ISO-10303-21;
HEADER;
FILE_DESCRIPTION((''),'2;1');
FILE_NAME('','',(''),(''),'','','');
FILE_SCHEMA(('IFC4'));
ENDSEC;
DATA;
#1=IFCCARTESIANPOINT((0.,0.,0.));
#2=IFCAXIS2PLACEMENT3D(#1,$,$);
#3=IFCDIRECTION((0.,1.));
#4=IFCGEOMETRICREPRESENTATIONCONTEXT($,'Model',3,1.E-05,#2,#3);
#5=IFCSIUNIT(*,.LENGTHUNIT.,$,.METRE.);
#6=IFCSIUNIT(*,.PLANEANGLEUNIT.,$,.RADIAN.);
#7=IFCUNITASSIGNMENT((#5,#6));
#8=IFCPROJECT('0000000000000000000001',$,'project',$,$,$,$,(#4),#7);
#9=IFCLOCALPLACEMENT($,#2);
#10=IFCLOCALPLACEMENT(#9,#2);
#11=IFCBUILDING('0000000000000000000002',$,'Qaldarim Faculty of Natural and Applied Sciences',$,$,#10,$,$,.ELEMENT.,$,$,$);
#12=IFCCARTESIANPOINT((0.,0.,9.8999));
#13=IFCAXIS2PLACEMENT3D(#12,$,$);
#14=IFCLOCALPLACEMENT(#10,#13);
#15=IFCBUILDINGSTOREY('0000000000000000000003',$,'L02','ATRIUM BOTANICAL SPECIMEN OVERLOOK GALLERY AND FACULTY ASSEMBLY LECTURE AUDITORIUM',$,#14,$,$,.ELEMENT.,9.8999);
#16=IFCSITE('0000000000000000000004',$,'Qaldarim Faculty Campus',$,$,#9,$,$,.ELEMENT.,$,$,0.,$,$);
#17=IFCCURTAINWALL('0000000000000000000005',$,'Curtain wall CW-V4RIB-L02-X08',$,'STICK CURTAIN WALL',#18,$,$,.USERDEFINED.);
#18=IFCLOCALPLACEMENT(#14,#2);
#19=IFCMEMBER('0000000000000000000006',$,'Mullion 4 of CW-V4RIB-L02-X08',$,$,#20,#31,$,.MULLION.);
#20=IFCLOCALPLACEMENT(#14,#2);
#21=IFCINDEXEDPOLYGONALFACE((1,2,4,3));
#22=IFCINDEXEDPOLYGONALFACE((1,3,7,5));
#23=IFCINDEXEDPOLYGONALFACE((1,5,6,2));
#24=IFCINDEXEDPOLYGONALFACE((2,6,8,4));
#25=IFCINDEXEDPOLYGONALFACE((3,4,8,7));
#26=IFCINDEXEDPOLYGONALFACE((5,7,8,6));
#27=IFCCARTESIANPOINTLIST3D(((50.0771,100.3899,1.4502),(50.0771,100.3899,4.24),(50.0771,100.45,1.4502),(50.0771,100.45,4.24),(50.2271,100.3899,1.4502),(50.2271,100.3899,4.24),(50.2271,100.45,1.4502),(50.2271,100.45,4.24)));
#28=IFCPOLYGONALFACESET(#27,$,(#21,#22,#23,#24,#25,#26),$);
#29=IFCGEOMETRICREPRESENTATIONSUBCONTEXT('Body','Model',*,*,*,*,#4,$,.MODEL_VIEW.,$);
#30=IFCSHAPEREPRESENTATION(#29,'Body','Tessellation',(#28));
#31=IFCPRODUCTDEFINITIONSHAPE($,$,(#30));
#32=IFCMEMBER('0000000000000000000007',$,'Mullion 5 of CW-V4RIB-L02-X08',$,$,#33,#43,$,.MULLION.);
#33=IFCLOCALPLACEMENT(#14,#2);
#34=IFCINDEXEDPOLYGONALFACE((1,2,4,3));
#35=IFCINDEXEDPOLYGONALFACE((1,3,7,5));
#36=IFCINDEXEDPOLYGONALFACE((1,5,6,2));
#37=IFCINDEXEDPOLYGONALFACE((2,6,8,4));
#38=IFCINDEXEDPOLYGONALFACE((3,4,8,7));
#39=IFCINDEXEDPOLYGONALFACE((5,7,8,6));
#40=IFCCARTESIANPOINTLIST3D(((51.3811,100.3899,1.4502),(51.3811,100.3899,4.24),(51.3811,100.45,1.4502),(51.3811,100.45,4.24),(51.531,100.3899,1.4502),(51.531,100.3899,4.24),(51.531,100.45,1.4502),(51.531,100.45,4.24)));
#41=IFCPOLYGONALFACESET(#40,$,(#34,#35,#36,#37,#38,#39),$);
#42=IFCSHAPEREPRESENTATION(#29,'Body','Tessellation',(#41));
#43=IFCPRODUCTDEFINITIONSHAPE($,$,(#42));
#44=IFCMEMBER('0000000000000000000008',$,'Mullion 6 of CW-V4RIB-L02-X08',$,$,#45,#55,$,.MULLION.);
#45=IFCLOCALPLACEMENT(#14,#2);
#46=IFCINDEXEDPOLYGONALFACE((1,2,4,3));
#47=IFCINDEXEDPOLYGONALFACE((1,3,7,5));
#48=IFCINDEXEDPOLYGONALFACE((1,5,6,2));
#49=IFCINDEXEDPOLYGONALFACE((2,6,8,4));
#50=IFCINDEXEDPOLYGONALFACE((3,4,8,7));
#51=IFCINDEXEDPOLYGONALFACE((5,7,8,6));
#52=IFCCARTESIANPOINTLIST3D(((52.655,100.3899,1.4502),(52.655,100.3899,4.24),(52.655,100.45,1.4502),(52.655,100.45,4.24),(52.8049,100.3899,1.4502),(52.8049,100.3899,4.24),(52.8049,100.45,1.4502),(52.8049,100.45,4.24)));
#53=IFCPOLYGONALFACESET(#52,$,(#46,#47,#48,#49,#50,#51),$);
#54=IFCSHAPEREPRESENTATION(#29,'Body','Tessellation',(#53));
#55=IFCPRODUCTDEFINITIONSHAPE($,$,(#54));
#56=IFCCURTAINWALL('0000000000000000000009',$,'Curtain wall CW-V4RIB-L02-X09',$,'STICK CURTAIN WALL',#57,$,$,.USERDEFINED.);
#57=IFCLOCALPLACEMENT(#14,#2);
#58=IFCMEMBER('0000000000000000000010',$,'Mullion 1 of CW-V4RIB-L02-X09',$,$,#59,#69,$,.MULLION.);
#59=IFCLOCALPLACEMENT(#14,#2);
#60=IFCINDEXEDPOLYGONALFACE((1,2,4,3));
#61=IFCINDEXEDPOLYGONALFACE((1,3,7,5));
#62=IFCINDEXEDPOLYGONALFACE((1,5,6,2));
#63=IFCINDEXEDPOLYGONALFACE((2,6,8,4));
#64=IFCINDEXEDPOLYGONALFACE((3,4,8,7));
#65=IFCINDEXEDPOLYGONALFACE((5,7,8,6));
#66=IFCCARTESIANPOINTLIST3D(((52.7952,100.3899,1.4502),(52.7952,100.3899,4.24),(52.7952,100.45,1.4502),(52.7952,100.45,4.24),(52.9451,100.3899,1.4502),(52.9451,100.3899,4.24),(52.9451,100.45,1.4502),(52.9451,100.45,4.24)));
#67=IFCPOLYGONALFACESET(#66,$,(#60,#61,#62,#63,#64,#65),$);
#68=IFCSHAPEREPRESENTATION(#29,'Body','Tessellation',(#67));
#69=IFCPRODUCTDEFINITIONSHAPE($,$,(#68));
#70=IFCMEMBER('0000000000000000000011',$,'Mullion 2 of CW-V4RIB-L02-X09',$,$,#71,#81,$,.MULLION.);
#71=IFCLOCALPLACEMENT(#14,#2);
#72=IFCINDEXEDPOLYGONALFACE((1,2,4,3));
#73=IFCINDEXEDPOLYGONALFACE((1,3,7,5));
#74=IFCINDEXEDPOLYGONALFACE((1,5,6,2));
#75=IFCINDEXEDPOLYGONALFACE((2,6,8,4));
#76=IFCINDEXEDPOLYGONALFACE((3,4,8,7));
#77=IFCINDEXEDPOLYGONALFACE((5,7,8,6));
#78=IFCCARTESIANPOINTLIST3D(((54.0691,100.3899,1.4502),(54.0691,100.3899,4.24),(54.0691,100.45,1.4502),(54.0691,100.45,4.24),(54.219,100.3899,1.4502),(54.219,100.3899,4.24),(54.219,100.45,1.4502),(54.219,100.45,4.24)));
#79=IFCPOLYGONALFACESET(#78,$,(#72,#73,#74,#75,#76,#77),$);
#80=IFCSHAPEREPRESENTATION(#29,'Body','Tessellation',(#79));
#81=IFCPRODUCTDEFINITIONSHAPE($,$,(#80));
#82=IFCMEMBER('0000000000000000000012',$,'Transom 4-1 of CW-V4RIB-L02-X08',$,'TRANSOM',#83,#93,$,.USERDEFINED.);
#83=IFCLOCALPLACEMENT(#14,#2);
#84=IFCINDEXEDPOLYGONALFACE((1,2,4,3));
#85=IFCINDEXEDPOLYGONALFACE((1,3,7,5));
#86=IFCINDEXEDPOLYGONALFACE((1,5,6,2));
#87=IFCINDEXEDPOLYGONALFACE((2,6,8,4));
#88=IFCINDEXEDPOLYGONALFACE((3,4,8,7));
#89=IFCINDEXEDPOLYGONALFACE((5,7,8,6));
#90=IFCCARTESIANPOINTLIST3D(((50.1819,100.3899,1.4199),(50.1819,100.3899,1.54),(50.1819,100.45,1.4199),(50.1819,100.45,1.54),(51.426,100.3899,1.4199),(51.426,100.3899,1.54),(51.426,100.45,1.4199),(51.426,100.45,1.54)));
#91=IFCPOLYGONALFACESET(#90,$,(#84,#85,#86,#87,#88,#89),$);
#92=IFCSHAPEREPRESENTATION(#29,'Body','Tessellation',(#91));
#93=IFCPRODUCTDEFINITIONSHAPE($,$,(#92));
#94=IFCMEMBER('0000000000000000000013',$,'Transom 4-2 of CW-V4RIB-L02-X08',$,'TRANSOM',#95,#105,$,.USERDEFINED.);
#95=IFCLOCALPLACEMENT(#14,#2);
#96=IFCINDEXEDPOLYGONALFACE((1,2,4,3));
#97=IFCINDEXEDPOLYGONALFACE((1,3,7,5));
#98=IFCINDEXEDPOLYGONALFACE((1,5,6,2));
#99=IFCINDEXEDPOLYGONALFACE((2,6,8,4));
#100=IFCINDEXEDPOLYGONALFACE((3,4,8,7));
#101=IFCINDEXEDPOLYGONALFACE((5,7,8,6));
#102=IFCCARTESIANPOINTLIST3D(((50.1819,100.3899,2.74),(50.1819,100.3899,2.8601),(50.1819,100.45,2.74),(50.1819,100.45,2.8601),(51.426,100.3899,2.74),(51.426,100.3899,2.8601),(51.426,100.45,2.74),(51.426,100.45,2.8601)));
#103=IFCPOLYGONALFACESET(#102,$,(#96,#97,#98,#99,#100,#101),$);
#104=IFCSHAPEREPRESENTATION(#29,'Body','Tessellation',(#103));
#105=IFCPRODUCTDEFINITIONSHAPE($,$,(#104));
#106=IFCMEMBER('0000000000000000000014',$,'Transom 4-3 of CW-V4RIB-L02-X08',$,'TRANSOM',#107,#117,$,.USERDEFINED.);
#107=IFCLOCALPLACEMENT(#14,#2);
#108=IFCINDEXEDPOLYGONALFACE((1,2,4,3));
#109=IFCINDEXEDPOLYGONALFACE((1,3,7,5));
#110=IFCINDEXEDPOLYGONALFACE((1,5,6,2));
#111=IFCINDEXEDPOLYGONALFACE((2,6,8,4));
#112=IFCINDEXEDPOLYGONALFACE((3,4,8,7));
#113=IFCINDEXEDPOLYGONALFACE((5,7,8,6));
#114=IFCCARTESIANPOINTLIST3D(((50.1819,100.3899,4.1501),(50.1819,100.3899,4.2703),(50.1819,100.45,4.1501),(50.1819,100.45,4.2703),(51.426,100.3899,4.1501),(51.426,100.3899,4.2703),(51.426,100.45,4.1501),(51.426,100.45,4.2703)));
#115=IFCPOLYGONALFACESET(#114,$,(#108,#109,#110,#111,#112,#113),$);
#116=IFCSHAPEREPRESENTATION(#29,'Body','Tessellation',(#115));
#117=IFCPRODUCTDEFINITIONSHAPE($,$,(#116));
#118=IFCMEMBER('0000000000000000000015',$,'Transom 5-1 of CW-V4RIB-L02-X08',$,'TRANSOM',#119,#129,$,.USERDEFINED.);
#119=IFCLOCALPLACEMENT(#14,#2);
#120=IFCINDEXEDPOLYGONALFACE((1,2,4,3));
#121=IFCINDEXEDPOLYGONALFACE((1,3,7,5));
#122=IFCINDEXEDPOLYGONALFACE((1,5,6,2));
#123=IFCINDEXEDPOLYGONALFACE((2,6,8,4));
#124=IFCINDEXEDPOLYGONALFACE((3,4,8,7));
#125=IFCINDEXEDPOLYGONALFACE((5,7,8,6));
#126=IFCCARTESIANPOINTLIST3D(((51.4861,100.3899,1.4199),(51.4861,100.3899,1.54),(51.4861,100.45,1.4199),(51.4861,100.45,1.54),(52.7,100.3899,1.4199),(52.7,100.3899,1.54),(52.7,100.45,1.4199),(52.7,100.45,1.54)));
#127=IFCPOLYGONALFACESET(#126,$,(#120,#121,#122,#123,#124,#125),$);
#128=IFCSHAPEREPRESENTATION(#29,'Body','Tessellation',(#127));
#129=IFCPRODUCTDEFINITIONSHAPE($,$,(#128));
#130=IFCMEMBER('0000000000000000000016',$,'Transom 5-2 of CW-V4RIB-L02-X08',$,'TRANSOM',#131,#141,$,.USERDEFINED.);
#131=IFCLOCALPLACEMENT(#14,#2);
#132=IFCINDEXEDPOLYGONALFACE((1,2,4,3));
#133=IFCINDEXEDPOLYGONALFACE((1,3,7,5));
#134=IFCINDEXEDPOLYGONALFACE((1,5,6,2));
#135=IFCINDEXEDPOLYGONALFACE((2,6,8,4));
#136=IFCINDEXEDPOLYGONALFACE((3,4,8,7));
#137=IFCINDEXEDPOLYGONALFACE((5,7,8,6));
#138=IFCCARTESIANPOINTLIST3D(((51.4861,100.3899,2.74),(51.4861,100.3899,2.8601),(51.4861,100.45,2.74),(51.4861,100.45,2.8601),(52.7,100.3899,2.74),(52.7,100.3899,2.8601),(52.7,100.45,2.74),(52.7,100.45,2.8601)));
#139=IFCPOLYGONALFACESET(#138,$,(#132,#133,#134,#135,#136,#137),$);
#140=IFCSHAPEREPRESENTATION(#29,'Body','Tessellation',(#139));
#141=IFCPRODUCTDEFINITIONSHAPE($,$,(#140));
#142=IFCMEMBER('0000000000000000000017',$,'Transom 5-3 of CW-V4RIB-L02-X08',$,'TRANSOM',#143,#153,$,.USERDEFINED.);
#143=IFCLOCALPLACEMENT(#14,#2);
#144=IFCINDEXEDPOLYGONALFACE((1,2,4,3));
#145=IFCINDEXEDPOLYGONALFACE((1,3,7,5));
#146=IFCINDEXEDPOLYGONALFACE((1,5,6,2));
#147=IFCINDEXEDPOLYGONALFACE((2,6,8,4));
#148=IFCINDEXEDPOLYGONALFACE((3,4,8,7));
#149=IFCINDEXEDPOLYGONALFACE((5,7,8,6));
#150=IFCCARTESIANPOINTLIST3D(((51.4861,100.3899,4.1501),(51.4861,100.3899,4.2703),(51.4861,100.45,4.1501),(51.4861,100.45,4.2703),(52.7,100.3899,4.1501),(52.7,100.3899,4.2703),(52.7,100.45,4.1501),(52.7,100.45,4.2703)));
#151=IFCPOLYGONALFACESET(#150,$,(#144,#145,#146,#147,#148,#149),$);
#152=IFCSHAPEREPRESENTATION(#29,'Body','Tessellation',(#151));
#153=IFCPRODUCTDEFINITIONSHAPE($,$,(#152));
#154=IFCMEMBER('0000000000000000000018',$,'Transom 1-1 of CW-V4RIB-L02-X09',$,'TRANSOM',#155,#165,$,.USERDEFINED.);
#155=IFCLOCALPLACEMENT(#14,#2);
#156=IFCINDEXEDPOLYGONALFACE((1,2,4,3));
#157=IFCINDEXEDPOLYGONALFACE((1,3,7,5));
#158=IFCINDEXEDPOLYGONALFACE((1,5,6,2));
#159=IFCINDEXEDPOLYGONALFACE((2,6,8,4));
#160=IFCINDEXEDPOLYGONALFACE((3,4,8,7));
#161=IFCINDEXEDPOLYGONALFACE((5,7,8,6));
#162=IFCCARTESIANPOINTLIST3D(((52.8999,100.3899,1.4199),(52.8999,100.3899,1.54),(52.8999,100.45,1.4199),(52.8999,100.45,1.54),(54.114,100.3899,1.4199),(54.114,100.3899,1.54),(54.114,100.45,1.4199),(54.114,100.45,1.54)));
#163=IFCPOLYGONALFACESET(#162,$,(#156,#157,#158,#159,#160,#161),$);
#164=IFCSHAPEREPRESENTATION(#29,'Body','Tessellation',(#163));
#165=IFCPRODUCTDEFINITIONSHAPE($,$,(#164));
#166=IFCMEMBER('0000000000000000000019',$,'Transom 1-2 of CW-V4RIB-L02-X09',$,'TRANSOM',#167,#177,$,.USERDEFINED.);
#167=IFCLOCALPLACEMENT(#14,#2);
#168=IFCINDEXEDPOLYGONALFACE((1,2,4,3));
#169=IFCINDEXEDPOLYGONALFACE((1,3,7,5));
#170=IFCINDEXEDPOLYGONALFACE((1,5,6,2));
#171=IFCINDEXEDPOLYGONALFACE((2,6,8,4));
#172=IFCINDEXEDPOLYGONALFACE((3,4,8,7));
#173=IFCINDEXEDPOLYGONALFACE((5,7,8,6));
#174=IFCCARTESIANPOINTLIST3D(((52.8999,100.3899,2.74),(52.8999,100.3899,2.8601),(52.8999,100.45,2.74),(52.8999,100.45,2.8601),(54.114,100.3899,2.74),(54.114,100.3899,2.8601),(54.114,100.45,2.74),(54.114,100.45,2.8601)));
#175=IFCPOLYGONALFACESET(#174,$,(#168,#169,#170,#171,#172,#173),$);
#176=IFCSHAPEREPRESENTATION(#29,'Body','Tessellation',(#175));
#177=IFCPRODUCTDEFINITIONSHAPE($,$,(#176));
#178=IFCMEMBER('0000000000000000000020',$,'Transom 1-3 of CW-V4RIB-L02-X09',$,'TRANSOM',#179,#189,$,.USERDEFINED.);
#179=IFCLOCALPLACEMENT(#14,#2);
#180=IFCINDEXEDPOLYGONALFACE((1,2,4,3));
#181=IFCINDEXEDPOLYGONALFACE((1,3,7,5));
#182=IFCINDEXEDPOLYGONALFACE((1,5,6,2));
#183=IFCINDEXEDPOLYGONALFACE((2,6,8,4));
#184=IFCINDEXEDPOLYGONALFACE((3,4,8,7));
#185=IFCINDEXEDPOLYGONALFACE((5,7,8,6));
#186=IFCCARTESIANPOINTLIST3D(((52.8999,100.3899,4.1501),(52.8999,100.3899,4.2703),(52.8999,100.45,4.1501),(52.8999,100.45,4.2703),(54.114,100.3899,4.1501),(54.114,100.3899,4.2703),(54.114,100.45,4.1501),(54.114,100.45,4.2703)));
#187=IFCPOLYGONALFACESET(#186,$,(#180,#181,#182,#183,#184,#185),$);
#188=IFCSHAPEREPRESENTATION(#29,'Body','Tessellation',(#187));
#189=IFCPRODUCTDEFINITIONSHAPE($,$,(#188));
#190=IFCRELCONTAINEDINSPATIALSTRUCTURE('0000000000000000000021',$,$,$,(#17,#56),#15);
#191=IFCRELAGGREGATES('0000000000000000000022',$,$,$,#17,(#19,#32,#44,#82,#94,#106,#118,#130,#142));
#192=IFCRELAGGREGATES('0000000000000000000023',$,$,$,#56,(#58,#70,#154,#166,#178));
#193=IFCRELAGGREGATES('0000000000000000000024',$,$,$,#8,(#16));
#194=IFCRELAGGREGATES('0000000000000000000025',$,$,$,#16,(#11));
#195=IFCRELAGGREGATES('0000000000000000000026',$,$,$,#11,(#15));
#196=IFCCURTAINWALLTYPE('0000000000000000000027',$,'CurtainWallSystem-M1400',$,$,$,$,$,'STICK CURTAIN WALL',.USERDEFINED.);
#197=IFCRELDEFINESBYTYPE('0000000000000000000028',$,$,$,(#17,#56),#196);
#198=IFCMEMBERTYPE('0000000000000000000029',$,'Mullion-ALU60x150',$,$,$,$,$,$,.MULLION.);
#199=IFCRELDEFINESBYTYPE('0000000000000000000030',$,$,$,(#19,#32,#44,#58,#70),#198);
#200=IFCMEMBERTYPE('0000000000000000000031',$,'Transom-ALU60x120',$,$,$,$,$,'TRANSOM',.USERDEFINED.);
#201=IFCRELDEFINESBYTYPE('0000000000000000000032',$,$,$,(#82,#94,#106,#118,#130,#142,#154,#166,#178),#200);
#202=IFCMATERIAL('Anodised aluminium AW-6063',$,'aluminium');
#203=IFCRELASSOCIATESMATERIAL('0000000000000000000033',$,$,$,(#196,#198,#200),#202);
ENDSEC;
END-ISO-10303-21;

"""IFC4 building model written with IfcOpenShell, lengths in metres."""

from ifc_helpers import new_model, si_unit, direction, frame, origin, origin_2d, place, context, subcontext, project, spatial, rectangle, extrude, material, material_profile, profile_set, type_object, element, aggregate, save


model = new_model("IFC4")

# Units and contexts
model_context = context("Model", 3, precision=1e-05, world=origin(), true_north=direction((0.0, 1.0)))
body_context = subcontext(model_context, "Body", "Model", "MODEL_VIEW")
ifc_project = project(units=[si_unit("LENGTHUNIT", "METRE"), si_unit("PLANEANGLEUNIT", "RADIAN")], contexts=[model_context])

# Site, building, storey
site_placement = place(None, origin())
site = spatial("IfcSite", under=ifc_project, at=site_placement, Name="Qaldarim Faculty Campus", CompositionType="ELEMENT", RefElevation=0.0)
building_placement = place(site_placement, origin())
building = spatial("IfcBuilding", under=site, at=building_placement, Name="Qaldarim Faculty of Natural and Applied Sciences", CompositionType="ELEMENT")
storey_placement = place(building_placement, frame((0.0, 0.0, 9.8999)))
storey = spatial("IfcBuildingStorey", under=building, at=storey_placement, Name="L02", Description="ATRIUM BOTANICAL SPECIMEN OVERLOOK GALLERY AND FACULTY ASSEMBLY LECTURE AUDITORIUM", CompositionType="ELEMENT", Elevation=9.8999)

# Curtain walls, members
ifc_material_1 = material(Name="Anodised aluminium AW-6063", Category="aluminium")
curtain_wall_type = type_object("IfcCurtainWallType", Name="CurtainWallSystem-M1400", ElementType="STICK CURTAIN WALL", PredefinedType="USERDEFINED", material=ifc_material_1)
curtain_wall_1_placement = place(storey_placement, origin())
curtain_wall_1 = element("IfcCurtainWall", 1, at=curtain_wall_1_placement, inside=storey, type_object=curtain_wall_type, Name="Curtain wall CW-V4RIB-L02-X08", ObjectType="STICK CURTAIN WALL", PredefinedType="USERDEFINED")
ifc_material_profile_1 = material_profile(ifc_material_1, rectangle(XDim=0.0601, YDim=0.1499, at=origin_2d()), Name="ALU-M60x150")
ifc_profile_set_1 = profile_set([ifc_material_profile_1], Name="Anodised aluminium AW-6063")
member_type_1 = type_object("IfcMemberType", Name="Mullion-ALU60x150", PredefinedType="MULLION", material=ifc_profile_set_1)
member_1_placement = place(storey_placement, frame((50.1521, 100.4199, 1.4502), z_axis=(0.0, 0.0, 1.0), x_axis=(0.0, 1.0, 0.0)))
member_1 = element("IfcMember", 2, at=member_1_placement, type_object=member_type_1, Name="Mullion 4 of CW-V4RIB-L02-X08", PredefinedType="MULLION", context=body_context, shape_type="SweptSolid", body=[
    extrude(rectangle(XDim=0.0601, YDim=0.1499, at=origin_2d()), origin(), (0.0, 0.0, 1.0), 2.7898),
])
member_2_placement = place(storey_placement, frame((51.4561, 100.4199, 1.4502), z_axis=(0.0, 0.0, 1.0), x_axis=(0.0, 1.0, 0.0)))
member_2 = element("IfcMember", 3, at=member_2_placement, type_object=member_type_1, Name="Mullion 5 of CW-V4RIB-L02-X08", PredefinedType="MULLION", context=body_context, shape_type="SweptSolid", body=[
    extrude(rectangle(XDim=0.0601, YDim=0.1499, at=origin_2d()), origin(), (0.0, 0.0, 1.0), 2.7898),
])
member_3_placement = place(storey_placement, frame((52.73, 100.4199, 1.4502), z_axis=(0.0, 0.0, 1.0), x_axis=(0.0, 1.0, 0.0)))
member_3 = element("IfcMember", 4, at=member_3_placement, type_object=member_type_1, Name="Mullion 6 of CW-V4RIB-L02-X08", PredefinedType="MULLION", context=body_context, shape_type="SweptSolid", body=[
    extrude(rectangle(XDim=0.0601, YDim=0.1499, at=origin_2d()), origin(), (0.0, 0.0, 1.0), 2.7898),
])
curtain_wall_2_placement = place(storey_placement, origin())
curtain_wall_2 = element("IfcCurtainWall", 5, at=curtain_wall_2_placement, inside=storey, type_object=curtain_wall_type, Name="Curtain wall CW-V4RIB-L02-X09", ObjectType="STICK CURTAIN WALL", PredefinedType="USERDEFINED")
member_4_placement = place(storey_placement, frame((52.8701, 100.4199, 1.4502), z_axis=(0.0, 0.0, 1.0), x_axis=(0.0, 1.0, 0.0)))
member_4 = element("IfcMember", 6, at=member_4_placement, type_object=member_type_1, Name="Mullion 1 of CW-V4RIB-L02-X09", PredefinedType="MULLION", context=body_context, shape_type="SweptSolid", body=[
    extrude(rectangle(XDim=0.0601, YDim=0.1499, at=origin_2d()), origin(), (0.0, 0.0, 1.0), 2.7898),
])
member_5_placement = place(storey_placement, frame((54.144, 100.4199, 1.4502), z_axis=(0.0, 0.0, 1.0), x_axis=(0.0, 1.0, 0.0)))
member_5 = element("IfcMember", 7, at=member_5_placement, type_object=member_type_1, Name="Mullion 2 of CW-V4RIB-L02-X09", PredefinedType="MULLION", context=body_context, shape_type="SweptSolid", body=[
    extrude(rectangle(XDim=0.0601, YDim=0.1499, at=origin_2d()), origin(), (0.0, 0.0, 1.0), 2.7898),
])

# Members
ifc_material_profile_2 = material_profile(ifc_material_1, rectangle(XDim=0.0601, YDim=0.1201, at=origin_2d()), Name="ALU-T60x120")
ifc_profile_set_2 = profile_set([ifc_material_profile_2], Name="Anodised aluminium AW-6063")
member_type_2 = type_object("IfcMemberType", Name="Transom-ALU60x120", ElementType="TRANSOM", PredefinedType="USERDEFINED", material=ifc_profile_set_2)
member_6_placement = place(storey_placement, frame((50.1819, 100.4199, 1.48), z_axis=(1.0, 0.0, 0.0), x_axis=(0.0, 1.0, 0.0)))
member_6 = element("IfcMember", 8, at=member_6_placement, type_object=member_type_2, Name="Transom 4-1 of CW-V4RIB-L02-X08", ObjectType="TRANSOM", PredefinedType="USERDEFINED", context=body_context, shape_type="SweptSolid", body=[
    extrude(rectangle(XDim=0.0601, YDim=0.1201, at=origin_2d()), origin(), (0.0, 0.0, 1.0), 1.2441),
])
member_7_placement = place(storey_placement, frame((50.1819, 100.4199, 2.8), z_axis=(1.0, 0.0, 0.0), x_axis=(0.0, 1.0, 0.0)))
member_7 = element("IfcMember", 9, at=member_7_placement, type_object=member_type_2, Name="Transom 4-2 of CW-V4RIB-L02-X08", ObjectType="TRANSOM", PredefinedType="USERDEFINED", context=body_context, shape_type="SweptSolid", body=[
    extrude(rectangle(XDim=0.0601, YDim=0.1201, at=origin_2d()), origin(), (0.0, 0.0, 1.0), 1.2441),
])
member_8_placement = place(storey_placement, frame((50.1819, 100.4199, 4.2102), z_axis=(1.0, 0.0, 0.0), x_axis=(0.0, 1.0, 0.0)))
member_8 = element("IfcMember", 10, at=member_8_placement, type_object=member_type_2, Name="Transom 4-3 of CW-V4RIB-L02-X08", ObjectType="TRANSOM", PredefinedType="USERDEFINED", context=body_context, shape_type="SweptSolid", body=[
    extrude(rectangle(XDim=0.0601, YDim=0.1201, at=origin_2d()), origin(), (0.0, 0.0, 1.0), 1.2441),
])
member_9_placement = place(storey_placement, frame((51.4861, 100.4199, 1.48), z_axis=(1.0, 0.0, 0.0), x_axis=(0.0, 1.0, 0.0)))
member_9 = element("IfcMember", 11, at=member_9_placement, type_object=member_type_2, Name="Transom 5-1 of CW-V4RIB-L02-X08", ObjectType="TRANSOM", PredefinedType="USERDEFINED", context=body_context, shape_type="SweptSolid", body=[
    extrude(rectangle(XDim=0.0601, YDim=0.1201, at=origin_2d()), origin(), (0.0, 0.0, 1.0), 1.2139),
])
member_10_placement = place(storey_placement, frame((51.4861, 100.4199, 2.8), z_axis=(1.0, 0.0, 0.0), x_axis=(0.0, 1.0, 0.0)))
member_10 = element("IfcMember", 12, at=member_10_placement, type_object=member_type_2, Name="Transom 5-2 of CW-V4RIB-L02-X08", ObjectType="TRANSOM", PredefinedType="USERDEFINED", context=body_context, shape_type="SweptSolid", body=[
    extrude(rectangle(XDim=0.0601, YDim=0.1201, at=origin_2d()), origin(), (0.0, 0.0, 1.0), 1.2139),
])
member_11_placement = place(storey_placement, frame((51.4861, 100.4199, 4.2102), z_axis=(1.0, 0.0, 0.0), x_axis=(0.0, 1.0, 0.0)))
member_11 = element("IfcMember", 13, at=member_11_placement, type_object=member_type_2, Name="Transom 5-3 of CW-V4RIB-L02-X08", ObjectType="TRANSOM", PredefinedType="USERDEFINED", context=body_context, shape_type="SweptSolid", body=[
    extrude(rectangle(XDim=0.0601, YDim=0.1201, at=origin_2d()), origin(), (0.0, 0.0, 1.0), 1.2139),
])
member_12_placement = place(storey_placement, frame((52.8999, 100.4199, 1.48), z_axis=(1.0, 0.0, 0.0), x_axis=(0.0, 1.0, 0.0)))
member_12 = element("IfcMember", 14, at=member_12_placement, type_object=member_type_2, Name="Transom 1-1 of CW-V4RIB-L02-X09", ObjectType="TRANSOM", PredefinedType="USERDEFINED", context=body_context, shape_type="SweptSolid", body=[
    extrude(rectangle(XDim=0.0601, YDim=0.1201, at=origin_2d()), origin(), (0.0, 0.0, 1.0), 1.2141),
])
member_13_placement = place(storey_placement, frame((52.8999, 100.4199, 2.8), z_axis=(1.0, 0.0, 0.0), x_axis=(0.0, 1.0, 0.0)))
member_13 = element("IfcMember", 15, at=member_13_placement, type_object=member_type_2, Name="Transom 1-2 of CW-V4RIB-L02-X09", ObjectType="TRANSOM", PredefinedType="USERDEFINED", context=body_context, shape_type="SweptSolid", body=[
    extrude(rectangle(XDim=0.0601, YDim=0.1201, at=origin_2d()), origin(), (0.0, 0.0, 1.0), 1.2141),
])
member_14_placement = place(storey_placement, frame((52.8999, 100.4199, 4.2102), z_axis=(1.0, 0.0, 0.0), x_axis=(0.0, 1.0, 0.0)))
member_14 = element("IfcMember", 16, at=member_14_placement, type_object=member_type_2, Name="Transom 1-3 of CW-V4RIB-L02-X09", ObjectType="TRANSOM", PredefinedType="USERDEFINED", context=body_context, shape_type="SweptSolid", body=[
    extrude(rectangle(XDim=0.0601, YDim=0.1201, at=origin_2d()), origin(), (0.0, 0.0, 1.0), 1.2141),
])

aggregate(curtain_wall_1, [member_1, member_2, member_3, member_6, member_7, member_8, member_9, member_10, member_11])
aggregate(curtain_wall_2, [member_4, member_5, member_12, member_13, member_14])

save(model, "model.ifc")
